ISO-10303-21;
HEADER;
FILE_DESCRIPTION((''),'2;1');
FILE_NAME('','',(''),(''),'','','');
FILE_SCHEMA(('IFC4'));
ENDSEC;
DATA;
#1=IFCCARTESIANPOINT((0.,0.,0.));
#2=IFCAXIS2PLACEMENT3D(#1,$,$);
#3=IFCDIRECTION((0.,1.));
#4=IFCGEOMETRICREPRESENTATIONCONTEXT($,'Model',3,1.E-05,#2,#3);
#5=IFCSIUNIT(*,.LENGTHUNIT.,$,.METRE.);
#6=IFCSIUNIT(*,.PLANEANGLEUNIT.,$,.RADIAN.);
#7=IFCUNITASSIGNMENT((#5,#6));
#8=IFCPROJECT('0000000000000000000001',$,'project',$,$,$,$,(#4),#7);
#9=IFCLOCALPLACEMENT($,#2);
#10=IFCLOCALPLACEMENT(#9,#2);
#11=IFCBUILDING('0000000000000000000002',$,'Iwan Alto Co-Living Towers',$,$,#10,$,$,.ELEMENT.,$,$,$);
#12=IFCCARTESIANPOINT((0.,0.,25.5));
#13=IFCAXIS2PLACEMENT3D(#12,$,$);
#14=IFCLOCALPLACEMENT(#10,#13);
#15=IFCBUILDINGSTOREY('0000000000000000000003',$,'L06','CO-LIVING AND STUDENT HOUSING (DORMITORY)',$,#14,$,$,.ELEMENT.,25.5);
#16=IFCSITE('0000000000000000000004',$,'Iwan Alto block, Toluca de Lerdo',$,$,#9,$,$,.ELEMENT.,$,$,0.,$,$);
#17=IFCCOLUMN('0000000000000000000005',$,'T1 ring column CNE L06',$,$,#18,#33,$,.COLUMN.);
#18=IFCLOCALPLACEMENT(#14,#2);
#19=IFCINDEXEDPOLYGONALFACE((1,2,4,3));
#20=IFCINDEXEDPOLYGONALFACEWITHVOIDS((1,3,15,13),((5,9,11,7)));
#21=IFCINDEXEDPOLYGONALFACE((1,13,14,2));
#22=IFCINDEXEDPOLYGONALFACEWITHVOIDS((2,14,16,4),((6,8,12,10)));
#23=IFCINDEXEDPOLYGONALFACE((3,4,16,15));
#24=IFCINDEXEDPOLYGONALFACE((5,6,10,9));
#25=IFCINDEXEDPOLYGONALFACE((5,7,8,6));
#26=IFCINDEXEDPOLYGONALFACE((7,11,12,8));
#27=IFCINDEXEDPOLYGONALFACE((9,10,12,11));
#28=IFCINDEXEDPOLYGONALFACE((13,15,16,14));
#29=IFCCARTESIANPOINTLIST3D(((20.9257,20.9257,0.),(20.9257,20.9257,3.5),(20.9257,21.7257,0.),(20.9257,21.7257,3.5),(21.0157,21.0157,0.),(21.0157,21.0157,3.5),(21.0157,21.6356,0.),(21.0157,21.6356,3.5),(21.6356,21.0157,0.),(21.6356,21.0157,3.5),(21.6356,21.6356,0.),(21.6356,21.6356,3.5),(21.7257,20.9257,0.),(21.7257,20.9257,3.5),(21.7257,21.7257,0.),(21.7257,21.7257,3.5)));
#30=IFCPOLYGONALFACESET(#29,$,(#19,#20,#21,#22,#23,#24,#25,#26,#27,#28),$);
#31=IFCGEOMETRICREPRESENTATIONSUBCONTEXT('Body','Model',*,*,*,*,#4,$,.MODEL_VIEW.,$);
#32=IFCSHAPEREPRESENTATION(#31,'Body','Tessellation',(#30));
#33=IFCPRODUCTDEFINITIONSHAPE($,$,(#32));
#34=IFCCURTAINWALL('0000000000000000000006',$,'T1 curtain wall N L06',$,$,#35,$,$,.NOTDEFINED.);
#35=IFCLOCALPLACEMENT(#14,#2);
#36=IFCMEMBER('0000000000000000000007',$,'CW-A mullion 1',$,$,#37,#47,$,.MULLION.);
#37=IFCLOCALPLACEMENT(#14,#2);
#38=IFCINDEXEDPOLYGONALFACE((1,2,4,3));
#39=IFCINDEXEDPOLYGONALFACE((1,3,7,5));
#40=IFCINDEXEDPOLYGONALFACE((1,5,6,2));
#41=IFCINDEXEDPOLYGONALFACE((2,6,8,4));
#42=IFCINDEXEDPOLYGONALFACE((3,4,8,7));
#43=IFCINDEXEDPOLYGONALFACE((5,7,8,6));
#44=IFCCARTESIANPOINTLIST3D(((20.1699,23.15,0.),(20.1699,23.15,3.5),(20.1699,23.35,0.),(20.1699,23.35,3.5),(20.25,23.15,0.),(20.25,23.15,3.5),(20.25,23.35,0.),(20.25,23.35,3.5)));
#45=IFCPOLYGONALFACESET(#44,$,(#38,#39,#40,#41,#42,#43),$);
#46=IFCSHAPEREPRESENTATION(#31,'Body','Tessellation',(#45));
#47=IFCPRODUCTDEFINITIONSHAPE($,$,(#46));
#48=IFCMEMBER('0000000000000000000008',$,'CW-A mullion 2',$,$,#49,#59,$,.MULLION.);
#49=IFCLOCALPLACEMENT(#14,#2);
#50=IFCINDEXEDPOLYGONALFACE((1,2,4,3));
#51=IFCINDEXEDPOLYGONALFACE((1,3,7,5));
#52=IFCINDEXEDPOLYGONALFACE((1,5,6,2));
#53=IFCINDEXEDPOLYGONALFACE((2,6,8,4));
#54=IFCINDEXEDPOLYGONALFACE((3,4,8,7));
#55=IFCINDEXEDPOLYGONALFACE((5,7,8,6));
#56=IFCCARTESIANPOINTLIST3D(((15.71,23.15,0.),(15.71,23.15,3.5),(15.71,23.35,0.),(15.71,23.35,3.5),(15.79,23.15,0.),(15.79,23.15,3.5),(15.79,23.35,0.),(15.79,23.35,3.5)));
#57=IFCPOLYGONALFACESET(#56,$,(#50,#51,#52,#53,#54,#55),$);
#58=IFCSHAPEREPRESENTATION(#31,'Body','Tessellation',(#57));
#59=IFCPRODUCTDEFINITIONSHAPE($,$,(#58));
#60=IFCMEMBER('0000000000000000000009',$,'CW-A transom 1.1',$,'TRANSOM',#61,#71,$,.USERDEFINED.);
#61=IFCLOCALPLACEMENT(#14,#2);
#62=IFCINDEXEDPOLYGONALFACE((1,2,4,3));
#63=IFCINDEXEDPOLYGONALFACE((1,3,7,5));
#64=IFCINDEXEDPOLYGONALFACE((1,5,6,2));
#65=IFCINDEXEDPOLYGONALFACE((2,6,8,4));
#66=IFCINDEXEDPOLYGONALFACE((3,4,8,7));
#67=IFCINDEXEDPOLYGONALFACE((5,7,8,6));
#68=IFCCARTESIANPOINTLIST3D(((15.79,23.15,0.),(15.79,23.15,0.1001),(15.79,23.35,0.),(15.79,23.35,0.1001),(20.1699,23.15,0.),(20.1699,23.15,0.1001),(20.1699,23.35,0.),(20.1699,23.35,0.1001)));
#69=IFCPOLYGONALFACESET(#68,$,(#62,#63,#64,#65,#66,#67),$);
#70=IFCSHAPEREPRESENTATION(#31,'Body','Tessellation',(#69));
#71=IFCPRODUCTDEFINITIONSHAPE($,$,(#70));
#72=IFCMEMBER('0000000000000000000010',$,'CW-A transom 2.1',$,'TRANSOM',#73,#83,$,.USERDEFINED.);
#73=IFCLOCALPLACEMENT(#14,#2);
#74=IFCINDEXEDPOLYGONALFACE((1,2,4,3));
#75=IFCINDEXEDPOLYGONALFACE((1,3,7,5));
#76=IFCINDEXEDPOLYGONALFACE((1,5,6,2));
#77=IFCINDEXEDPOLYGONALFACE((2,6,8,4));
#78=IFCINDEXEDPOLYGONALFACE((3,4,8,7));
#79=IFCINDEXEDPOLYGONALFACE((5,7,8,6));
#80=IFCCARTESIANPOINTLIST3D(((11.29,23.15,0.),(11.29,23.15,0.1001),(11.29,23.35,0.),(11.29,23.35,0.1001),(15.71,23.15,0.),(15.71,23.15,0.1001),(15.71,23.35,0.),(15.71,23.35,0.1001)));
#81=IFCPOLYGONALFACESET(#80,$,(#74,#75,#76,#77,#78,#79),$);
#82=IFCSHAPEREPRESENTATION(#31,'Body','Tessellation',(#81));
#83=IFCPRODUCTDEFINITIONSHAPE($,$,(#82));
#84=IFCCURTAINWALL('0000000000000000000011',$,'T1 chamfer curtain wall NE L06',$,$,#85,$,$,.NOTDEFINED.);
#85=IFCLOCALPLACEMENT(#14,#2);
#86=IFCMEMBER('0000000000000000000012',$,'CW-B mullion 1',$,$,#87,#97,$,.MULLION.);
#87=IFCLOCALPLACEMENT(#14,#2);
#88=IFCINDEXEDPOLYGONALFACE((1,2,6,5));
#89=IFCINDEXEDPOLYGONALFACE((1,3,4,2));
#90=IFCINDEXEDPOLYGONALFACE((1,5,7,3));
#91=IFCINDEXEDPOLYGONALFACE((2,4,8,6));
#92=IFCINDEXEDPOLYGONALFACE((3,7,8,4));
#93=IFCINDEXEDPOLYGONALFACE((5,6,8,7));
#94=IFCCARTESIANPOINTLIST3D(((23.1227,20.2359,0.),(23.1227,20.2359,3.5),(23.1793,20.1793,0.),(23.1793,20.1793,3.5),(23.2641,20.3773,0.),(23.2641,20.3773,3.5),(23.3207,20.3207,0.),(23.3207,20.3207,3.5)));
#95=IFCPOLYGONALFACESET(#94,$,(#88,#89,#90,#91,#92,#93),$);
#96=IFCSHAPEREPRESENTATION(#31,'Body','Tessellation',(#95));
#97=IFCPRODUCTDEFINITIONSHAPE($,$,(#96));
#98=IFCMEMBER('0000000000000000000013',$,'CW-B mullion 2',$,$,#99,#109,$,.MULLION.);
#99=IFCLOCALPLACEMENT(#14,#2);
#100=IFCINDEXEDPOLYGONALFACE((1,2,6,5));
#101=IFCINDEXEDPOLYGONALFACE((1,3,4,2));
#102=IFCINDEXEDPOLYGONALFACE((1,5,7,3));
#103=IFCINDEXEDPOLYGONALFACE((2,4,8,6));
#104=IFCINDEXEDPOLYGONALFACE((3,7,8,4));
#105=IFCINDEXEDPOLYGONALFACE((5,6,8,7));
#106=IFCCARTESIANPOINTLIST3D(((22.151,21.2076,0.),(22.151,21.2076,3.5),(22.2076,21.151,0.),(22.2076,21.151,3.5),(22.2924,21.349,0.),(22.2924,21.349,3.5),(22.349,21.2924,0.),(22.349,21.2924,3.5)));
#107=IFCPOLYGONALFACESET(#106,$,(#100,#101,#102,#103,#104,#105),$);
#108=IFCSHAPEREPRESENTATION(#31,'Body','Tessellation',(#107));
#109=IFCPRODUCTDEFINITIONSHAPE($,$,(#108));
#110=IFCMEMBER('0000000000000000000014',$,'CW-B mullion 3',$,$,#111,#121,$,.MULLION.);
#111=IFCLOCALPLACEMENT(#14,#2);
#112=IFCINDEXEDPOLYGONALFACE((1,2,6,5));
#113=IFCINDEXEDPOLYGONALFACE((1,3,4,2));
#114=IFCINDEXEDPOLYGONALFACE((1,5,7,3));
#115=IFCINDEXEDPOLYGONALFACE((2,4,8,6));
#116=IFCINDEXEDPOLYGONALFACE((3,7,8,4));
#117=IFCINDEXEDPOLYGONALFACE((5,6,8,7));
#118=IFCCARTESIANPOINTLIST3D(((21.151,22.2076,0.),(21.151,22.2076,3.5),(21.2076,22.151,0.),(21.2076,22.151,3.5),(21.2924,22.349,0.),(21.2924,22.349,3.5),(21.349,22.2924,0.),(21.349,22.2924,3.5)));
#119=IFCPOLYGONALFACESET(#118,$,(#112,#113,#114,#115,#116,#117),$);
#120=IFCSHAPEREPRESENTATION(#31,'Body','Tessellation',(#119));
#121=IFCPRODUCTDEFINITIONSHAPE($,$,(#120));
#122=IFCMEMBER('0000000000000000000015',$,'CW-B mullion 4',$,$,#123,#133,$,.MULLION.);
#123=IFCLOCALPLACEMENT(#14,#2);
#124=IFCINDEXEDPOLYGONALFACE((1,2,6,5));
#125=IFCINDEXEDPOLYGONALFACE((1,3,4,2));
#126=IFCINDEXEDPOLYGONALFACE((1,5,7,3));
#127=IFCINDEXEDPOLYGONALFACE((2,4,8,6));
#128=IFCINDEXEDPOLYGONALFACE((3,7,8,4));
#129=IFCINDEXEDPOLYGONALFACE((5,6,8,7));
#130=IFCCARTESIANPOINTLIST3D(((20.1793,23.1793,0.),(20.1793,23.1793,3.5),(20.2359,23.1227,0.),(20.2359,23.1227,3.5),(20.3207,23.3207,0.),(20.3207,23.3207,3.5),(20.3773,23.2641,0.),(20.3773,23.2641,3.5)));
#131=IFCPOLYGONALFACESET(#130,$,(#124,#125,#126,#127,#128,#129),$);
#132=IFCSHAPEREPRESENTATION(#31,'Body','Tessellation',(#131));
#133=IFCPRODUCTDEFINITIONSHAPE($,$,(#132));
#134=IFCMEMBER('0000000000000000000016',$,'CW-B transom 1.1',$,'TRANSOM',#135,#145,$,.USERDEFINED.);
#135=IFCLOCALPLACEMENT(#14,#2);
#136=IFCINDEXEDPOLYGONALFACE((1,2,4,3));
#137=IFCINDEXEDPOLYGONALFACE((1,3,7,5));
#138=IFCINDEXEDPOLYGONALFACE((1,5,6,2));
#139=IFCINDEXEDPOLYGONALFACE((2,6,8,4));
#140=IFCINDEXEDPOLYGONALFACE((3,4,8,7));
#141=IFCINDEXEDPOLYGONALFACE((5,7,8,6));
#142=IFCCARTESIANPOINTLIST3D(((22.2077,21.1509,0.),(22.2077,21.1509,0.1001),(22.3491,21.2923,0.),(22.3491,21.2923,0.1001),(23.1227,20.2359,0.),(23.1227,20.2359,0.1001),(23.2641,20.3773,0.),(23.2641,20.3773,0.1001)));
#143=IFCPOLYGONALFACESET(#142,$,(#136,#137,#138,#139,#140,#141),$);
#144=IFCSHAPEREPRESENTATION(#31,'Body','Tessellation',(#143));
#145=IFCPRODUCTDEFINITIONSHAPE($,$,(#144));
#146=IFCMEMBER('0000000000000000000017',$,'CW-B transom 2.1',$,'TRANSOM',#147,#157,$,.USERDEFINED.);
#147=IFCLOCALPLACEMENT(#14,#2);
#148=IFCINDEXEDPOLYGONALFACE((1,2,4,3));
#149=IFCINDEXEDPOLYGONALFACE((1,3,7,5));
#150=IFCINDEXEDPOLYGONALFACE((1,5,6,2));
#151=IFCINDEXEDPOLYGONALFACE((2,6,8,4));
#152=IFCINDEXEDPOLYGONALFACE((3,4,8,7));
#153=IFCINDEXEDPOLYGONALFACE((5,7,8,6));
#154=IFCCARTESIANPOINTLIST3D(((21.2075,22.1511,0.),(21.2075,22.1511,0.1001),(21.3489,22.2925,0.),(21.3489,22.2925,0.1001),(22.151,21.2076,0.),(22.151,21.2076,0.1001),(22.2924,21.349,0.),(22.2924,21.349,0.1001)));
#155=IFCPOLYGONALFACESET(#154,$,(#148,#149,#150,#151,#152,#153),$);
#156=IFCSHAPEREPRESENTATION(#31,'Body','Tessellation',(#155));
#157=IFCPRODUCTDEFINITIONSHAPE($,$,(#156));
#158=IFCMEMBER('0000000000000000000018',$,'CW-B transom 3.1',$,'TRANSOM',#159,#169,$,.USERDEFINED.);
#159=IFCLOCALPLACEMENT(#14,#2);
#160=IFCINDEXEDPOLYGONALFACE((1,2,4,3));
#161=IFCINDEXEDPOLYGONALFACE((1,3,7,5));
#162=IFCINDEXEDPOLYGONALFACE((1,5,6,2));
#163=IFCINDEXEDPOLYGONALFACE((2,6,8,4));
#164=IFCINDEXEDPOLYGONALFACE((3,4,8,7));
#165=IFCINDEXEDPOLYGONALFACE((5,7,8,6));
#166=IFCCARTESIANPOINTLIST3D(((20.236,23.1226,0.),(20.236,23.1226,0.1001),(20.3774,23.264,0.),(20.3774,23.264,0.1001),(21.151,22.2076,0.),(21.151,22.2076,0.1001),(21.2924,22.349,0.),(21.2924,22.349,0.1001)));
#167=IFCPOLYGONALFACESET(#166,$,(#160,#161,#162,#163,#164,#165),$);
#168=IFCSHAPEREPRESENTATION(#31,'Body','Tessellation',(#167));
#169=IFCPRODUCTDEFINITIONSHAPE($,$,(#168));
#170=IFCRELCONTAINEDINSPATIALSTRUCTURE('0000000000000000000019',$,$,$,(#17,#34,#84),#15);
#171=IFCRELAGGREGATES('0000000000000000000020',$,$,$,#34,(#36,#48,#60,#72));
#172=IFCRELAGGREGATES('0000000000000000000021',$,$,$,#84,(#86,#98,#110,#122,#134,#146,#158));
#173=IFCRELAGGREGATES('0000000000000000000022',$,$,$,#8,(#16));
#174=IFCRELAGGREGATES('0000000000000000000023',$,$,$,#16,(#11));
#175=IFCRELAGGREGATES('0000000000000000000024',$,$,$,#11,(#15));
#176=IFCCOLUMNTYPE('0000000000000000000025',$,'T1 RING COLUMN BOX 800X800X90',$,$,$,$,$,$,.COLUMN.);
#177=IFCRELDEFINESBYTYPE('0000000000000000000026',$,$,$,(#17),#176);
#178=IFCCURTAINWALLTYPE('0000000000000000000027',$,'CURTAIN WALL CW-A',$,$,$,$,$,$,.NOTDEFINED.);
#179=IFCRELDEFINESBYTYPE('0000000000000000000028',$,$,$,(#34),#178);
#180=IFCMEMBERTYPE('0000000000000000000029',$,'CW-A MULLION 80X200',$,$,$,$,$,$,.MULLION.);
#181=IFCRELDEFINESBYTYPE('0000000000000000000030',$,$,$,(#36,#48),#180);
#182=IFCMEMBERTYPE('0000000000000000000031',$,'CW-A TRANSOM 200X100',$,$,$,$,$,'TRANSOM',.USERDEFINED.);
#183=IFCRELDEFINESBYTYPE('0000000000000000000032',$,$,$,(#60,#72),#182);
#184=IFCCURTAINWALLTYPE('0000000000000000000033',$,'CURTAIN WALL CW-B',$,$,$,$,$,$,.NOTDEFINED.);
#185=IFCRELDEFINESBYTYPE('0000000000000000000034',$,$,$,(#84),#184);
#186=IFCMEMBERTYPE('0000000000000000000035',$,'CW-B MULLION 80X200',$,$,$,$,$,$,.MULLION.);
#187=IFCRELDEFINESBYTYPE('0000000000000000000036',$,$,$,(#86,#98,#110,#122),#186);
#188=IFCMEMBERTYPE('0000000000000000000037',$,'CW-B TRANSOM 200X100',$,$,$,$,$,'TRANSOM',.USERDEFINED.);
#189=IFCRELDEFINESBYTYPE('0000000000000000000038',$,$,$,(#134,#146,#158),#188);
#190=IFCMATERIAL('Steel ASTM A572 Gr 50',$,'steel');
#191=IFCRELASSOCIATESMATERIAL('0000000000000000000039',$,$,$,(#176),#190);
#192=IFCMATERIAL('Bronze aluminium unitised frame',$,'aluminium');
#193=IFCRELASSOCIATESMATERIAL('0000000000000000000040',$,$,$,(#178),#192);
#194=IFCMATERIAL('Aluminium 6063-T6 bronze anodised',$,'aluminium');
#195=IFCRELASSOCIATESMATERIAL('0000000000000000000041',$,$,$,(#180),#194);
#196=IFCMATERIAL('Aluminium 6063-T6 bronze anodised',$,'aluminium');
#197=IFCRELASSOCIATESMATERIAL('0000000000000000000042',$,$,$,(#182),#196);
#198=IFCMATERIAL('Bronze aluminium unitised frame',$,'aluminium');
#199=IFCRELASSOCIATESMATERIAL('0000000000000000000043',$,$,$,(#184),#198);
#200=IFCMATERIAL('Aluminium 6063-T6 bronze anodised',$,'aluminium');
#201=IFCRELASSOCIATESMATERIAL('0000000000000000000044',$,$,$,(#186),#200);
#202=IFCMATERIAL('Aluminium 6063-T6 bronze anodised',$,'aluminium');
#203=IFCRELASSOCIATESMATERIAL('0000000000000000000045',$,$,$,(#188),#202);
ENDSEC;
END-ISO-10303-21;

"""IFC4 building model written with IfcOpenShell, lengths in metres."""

from ifc_helpers import new_model, si_unit, direction, frame, origin, origin_2d, place, context, subcontext, project, spatial, rectangle, hollow_rectangle, extrude, material, material_profile, profile_set, type_object, element, aggregate, save


model = new_model("IFC4")

# Units and contexts
model_context = context("Model", 3, precision=1e-05, world=origin(), true_north=direction((0.0, 1.0)))
body_context = subcontext(model_context, "Body", "Model", "MODEL_VIEW")
ifc_project = project(units=[si_unit("LENGTHUNIT", "METRE"), si_unit("PLANEANGLEUNIT", "RADIAN")], contexts=[model_context])

# Site, building, storey
site_placement = place(None, origin())
site = spatial("IfcSite", under=ifc_project, at=site_placement, Name="Iwan Alto block, Toluca de Lerdo", CompositionType="ELEMENT", RefElevation=0.0)
building_placement = place(site_placement, origin())
building = spatial("IfcBuilding", under=site, at=building_placement, Name="Iwan Alto Co-Living Towers", CompositionType="ELEMENT")
storey_placement = place(building_placement, frame((0.0, 0.0, 25.5)))
storey = spatial("IfcBuildingStorey", under=building, at=storey_placement, Name="L06", Description="CO-LIVING AND STUDENT HOUSING (DORMITORY)", CompositionType="ELEMENT", Elevation=25.5)

# Column
ifc_material_1 = material(Name="Steel ASTM A572 Gr 50", Category="steel")
ifc_material_profile_1 = material_profile(ifc_material_1, hollow_rectangle(XDim=0.8, YDim=0.8, WallThickness=0.0901, at=origin_2d()), Name="BOX 800X800X90")
ifc_profile_set_1 = profile_set([ifc_material_profile_1], Name="Steel ASTM A572 Gr 50")
column_type = type_object("IfcColumnType", Name="T1 RING COLUMN BOX 800X800X90", PredefinedType="COLUMN", material=ifc_profile_set_1)
column_placement = place(storey_placement, frame((21.3257, 21.3257, 0.0), z_axis=(0.0, 0.0, 1.0), x_axis=(1.0, 0.0, 0.0)))
element("IfcColumn", 1, at=column_placement, inside=storey, type_object=column_type, Name="T1 ring column CNE L06", PredefinedType="COLUMN", context=body_context, shape_type="SweptSolid", body=[
    extrude(hollow_rectangle(XDim=0.8, YDim=0.8, WallThickness=0.0901, at=origin_2d()), origin(), (0.0, 0.0, 1.0), 3.5),
])

# Curtain walls, members
ifc_material_2 = material(Name="Bronze aluminium unitised frame", Category="aluminium")
curtain_wall_type_1 = type_object("IfcCurtainWallType", Name="CURTAIN WALL CW-A", PredefinedType="NOTDEFINED", material=ifc_material_2)
curtain_wall_1_placement = place(storey_placement, origin())
curtain_wall_1 = element("IfcCurtainWall", 2, at=curtain_wall_1_placement, inside=storey, type_object=curtain_wall_type_1, Name="T1 curtain wall N L06", PredefinedType="NOTDEFINED")
ifc_material_3 = material(Name="Aluminium 6063-T6 bronze anodised", Category="aluminium")
ifc_material_profile_2 = material_profile(ifc_material_3, rectangle(XDim=0.2, YDim=0.0801, at=origin_2d()), Name="AL 80X200")
ifc_profile_set_2 = profile_set([ifc_material_profile_2], Name="Aluminium 6063-T6 bronze anodised")
member_type_1 = type_object("IfcMemberType", Name="CW-A MULLION 80X200", PredefinedType="MULLION", material=ifc_profile_set_2)
member_1_placement = place(storey_placement, frame((20.21, 23.25, 0.0), z_axis=(0.0, 0.0, 1.0), x_axis=(0.0, -1.0, 0.0)))
member_1 = element("IfcMember", 3, at=member_1_placement, type_object=member_type_1, Name="CW-A mullion 1", PredefinedType="MULLION", context=body_context, shape_type="SweptSolid", body=[
    extrude(rectangle(XDim=0.2, YDim=0.0801, at=origin_2d()), origin(), (0.0, 0.0, 1.0), 3.5),
])
member_2_placement = place(storey_placement, frame((15.75, 23.25, 0.0), z_axis=(0.0, 0.0, 1.0), x_axis=(0.0, -1.0, 0.0)))
member_2 = element("IfcMember", 4, at=member_2_placement, type_object=member_type_1, Name="CW-A mullion 2", PredefinedType="MULLION", context=body_context, shape_type="SweptSolid", body=[
    extrude(rectangle(XDim=0.2, YDim=0.0801, at=origin_2d()), origin(), (0.0, 0.0, 1.0), 3.5),
])
ifc_material_4 = material(Name="Aluminium 6063-T6 bronze anodised", Category="aluminium")
ifc_material_profile_3 = material_profile(ifc_material_4, rectangle(XDim=0.2, YDim=0.1001, at=origin_2d()), Name="AL 200X100")
ifc_profile_set_3 = profile_set([ifc_material_profile_3], Name="Aluminium 6063-T6 bronze anodised")
member_type_2 = type_object("IfcMemberType", Name="CW-A TRANSOM 200X100", ElementType="TRANSOM", PredefinedType="USERDEFINED", material=ifc_profile_set_3)
member_3_placement = place(storey_placement, frame((20.1699, 23.25, 0.05), z_axis=(-1.0, 0.0, 0.0), x_axis=(0.0, -1.0, 0.0)))
member_3 = element("IfcMember", 5, at=member_3_placement, type_object=member_type_2, Name="CW-A transom 1.1", ObjectType="TRANSOM", PredefinedType="USERDEFINED", context=body_context, shape_type="SweptSolid", body=[
    extrude(rectangle(XDim=0.2, YDim=0.1001, at=origin_2d()), origin(), (0.0, 0.0, 1.0), 4.3799),
])
member_4_placement = place(storey_placement, frame((15.71, 23.25, 0.05), z_axis=(-1.0, 0.0, 0.0), x_axis=(0.0, -1.0, 0.0)))
member_4 = element("IfcMember", 6, at=member_4_placement, type_object=member_type_2, Name="CW-A transom 2.1", ObjectType="TRANSOM", PredefinedType="USERDEFINED", context=body_context, shape_type="SweptSolid", body=[
    extrude(rectangle(XDim=0.2, YDim=0.1001, at=origin_2d()), origin(), (0.0, 0.0, 1.0), 4.4199),
])
ifc_material_5 = material(Name="Bronze aluminium unitised frame", Category="aluminium")
curtain_wall_type_2 = type_object("IfcCurtainWallType", Name="CURTAIN WALL CW-B", PredefinedType="NOTDEFINED", material=ifc_material_5)
curtain_wall_2_placement = place(storey_placement, origin())
curtain_wall_2 = element("IfcCurtainWall", 7, at=curtain_wall_2_placement, inside=storey, type_object=curtain_wall_type_2, Name="T1 chamfer curtain wall NE L06", PredefinedType="NOTDEFINED")
ifc_material_6 = material(Name="Aluminium 6063-T6 bronze anodised", Category="aluminium")
ifc_material_profile_4 = material_profile(ifc_material_6, rectangle(XDim=0.2, YDim=0.0801, at=origin_2d()), Name="AL 80X200")
ifc_profile_set_4 = profile_set([ifc_material_profile_4], Name="Aluminium 6063-T6 bronze anodised")
member_type_3 = type_object("IfcMemberType", Name="CW-B MULLION 80X200", PredefinedType="MULLION", material=ifc_profile_set_4)
member_5_placement = place(storey_placement, frame((23.2217, 20.2783, 0.0), z_axis=(0.0, 0.0, 1.0), x_axis=(-0.707107, -0.707107, 0.0)))
member_5 = element("IfcMember", 8, at=member_5_placement, type_object=member_type_3, Name="CW-B mullion 1", PredefinedType="MULLION", context=body_context, shape_type="SweptSolid", body=[
    extrude(rectangle(XDim=0.2, YDim=0.0801, at=origin_2d()), origin(), (0.0, 0.0, 1.0), 3.5),
])
member_6_placement = place(storey_placement, frame((22.25, 21.25, 0.0), z_axis=(0.0, 0.0, 1.0), x_axis=(-0.707107, -0.707107, 0.0)))
member_6 = element("IfcMember", 9, at=member_6_placement, type_object=member_type_3, Name="CW-B mullion 2", PredefinedType="MULLION", context=body_context, shape_type="SweptSolid", body=[
    extrude(rectangle(XDim=0.2, YDim=0.0801, at=origin_2d()), origin(), (0.0, 0.0, 1.0), 3.5),
])
member_7_placement = place(storey_placement, frame((21.25, 22.25, 0.0), z_axis=(0.0, 0.0, 1.0), x_axis=(-0.707107, -0.707107, 0.0)))
member_7 = element("IfcMember", 10, at=member_7_placement, type_object=member_type_3, Name="CW-B mullion 3", PredefinedType="MULLION", context=body_context, shape_type="SweptSolid", body=[
    extrude(rectangle(XDim=0.2, YDim=0.0801, at=origin_2d()), origin(), (0.0, 0.0, 1.0), 3.5),
])
member_8_placement = place(storey_placement, frame((20.2783, 23.2217, 0.0), z_axis=(0.0, 0.0, 1.0), x_axis=(-0.707107, -0.707107, 0.0)))
member_8 = element("IfcMember", 11, at=member_8_placement, type_object=member_type_3, Name="CW-B mullion 4", PredefinedType="MULLION", context=body_context, shape_type="SweptSolid", body=[
    extrude(rectangle(XDim=0.2, YDim=0.0801, at=origin_2d()), origin(), (0.0, 0.0, 1.0), 3.5),
])
ifc_material_7 = material(Name="Aluminium 6063-T6 bronze anodised", Category="aluminium")
ifc_material_profile_5 = material_profile(ifc_material_7, rectangle(XDim=0.2, YDim=0.1001, at=origin_2d()), Name="AL 200X100")
ifc_profile_set_5 = profile_set([ifc_material_profile_5], Name="Aluminium 6063-T6 bronze anodised")
member_type_4 = type_object("IfcMemberType", Name="CW-B TRANSOM 200X100", ElementType="TRANSOM", PredefinedType="USERDEFINED", material=ifc_profile_set_5)
member_9_placement = place(storey_placement, frame((23.1934, 20.3066, 0.05), z_axis=(-0.707107, 0.707107, 0.0), x_axis=(-0.707107, -0.707107, 0.0)))
member_9 = element("IfcMember", 12, at=member_9_placement, type_object=member_type_4, Name="CW-B transom 1.1", ObjectType="TRANSOM", PredefinedType="USERDEFINED", context=body_context, shape_type="SweptSolid", body=[
    extrude(rectangle(XDim=0.2, YDim=0.1001, at=origin_2d()), origin(), (0.0, 0.0, 1.0), 1.2939),
])
member_10_placement = place(storey_placement, frame((22.2217, 21.2783, 0.05), z_axis=(-0.707107, 0.707107, 0.0), x_axis=(-0.707107, -0.707107, 0.0)))
member_10 = element("IfcMember", 13, at=member_10_placement, type_object=member_type_4, Name="CW-B transom 2.1", ObjectType="TRANSOM", PredefinedType="USERDEFINED", context=body_context, shape_type="SweptSolid", body=[
    extrude(rectangle(XDim=0.2, YDim=0.1001, at=origin_2d()), origin(), (0.0, 0.0, 1.0), 1.3342),
])
member_11_placement = place(storey_placement, frame((21.2217, 22.2783, 0.05), z_axis=(-0.707107, 0.707107, 0.0), x_axis=(-0.707107, -0.707107, 0.0)))
member_11 = element("IfcMember", 14, at=member_11_placement, type_object=member_type_4, Name="CW-B transom 3.1", ObjectType="TRANSOM", PredefinedType="USERDEFINED", context=body_context, shape_type="SweptSolid", body=[
    extrude(rectangle(XDim=0.2, YDim=0.1001, at=origin_2d()), origin(), (0.0, 0.0, 1.0), 1.2939),
])

aggregate(curtain_wall_1, [member_1, member_2, member_3, member_4])
aggregate(curtain_wall_2, [member_5, member_6, member_7, member_8, member_9, member_10, member_11])

save(model, "model.ifc")
